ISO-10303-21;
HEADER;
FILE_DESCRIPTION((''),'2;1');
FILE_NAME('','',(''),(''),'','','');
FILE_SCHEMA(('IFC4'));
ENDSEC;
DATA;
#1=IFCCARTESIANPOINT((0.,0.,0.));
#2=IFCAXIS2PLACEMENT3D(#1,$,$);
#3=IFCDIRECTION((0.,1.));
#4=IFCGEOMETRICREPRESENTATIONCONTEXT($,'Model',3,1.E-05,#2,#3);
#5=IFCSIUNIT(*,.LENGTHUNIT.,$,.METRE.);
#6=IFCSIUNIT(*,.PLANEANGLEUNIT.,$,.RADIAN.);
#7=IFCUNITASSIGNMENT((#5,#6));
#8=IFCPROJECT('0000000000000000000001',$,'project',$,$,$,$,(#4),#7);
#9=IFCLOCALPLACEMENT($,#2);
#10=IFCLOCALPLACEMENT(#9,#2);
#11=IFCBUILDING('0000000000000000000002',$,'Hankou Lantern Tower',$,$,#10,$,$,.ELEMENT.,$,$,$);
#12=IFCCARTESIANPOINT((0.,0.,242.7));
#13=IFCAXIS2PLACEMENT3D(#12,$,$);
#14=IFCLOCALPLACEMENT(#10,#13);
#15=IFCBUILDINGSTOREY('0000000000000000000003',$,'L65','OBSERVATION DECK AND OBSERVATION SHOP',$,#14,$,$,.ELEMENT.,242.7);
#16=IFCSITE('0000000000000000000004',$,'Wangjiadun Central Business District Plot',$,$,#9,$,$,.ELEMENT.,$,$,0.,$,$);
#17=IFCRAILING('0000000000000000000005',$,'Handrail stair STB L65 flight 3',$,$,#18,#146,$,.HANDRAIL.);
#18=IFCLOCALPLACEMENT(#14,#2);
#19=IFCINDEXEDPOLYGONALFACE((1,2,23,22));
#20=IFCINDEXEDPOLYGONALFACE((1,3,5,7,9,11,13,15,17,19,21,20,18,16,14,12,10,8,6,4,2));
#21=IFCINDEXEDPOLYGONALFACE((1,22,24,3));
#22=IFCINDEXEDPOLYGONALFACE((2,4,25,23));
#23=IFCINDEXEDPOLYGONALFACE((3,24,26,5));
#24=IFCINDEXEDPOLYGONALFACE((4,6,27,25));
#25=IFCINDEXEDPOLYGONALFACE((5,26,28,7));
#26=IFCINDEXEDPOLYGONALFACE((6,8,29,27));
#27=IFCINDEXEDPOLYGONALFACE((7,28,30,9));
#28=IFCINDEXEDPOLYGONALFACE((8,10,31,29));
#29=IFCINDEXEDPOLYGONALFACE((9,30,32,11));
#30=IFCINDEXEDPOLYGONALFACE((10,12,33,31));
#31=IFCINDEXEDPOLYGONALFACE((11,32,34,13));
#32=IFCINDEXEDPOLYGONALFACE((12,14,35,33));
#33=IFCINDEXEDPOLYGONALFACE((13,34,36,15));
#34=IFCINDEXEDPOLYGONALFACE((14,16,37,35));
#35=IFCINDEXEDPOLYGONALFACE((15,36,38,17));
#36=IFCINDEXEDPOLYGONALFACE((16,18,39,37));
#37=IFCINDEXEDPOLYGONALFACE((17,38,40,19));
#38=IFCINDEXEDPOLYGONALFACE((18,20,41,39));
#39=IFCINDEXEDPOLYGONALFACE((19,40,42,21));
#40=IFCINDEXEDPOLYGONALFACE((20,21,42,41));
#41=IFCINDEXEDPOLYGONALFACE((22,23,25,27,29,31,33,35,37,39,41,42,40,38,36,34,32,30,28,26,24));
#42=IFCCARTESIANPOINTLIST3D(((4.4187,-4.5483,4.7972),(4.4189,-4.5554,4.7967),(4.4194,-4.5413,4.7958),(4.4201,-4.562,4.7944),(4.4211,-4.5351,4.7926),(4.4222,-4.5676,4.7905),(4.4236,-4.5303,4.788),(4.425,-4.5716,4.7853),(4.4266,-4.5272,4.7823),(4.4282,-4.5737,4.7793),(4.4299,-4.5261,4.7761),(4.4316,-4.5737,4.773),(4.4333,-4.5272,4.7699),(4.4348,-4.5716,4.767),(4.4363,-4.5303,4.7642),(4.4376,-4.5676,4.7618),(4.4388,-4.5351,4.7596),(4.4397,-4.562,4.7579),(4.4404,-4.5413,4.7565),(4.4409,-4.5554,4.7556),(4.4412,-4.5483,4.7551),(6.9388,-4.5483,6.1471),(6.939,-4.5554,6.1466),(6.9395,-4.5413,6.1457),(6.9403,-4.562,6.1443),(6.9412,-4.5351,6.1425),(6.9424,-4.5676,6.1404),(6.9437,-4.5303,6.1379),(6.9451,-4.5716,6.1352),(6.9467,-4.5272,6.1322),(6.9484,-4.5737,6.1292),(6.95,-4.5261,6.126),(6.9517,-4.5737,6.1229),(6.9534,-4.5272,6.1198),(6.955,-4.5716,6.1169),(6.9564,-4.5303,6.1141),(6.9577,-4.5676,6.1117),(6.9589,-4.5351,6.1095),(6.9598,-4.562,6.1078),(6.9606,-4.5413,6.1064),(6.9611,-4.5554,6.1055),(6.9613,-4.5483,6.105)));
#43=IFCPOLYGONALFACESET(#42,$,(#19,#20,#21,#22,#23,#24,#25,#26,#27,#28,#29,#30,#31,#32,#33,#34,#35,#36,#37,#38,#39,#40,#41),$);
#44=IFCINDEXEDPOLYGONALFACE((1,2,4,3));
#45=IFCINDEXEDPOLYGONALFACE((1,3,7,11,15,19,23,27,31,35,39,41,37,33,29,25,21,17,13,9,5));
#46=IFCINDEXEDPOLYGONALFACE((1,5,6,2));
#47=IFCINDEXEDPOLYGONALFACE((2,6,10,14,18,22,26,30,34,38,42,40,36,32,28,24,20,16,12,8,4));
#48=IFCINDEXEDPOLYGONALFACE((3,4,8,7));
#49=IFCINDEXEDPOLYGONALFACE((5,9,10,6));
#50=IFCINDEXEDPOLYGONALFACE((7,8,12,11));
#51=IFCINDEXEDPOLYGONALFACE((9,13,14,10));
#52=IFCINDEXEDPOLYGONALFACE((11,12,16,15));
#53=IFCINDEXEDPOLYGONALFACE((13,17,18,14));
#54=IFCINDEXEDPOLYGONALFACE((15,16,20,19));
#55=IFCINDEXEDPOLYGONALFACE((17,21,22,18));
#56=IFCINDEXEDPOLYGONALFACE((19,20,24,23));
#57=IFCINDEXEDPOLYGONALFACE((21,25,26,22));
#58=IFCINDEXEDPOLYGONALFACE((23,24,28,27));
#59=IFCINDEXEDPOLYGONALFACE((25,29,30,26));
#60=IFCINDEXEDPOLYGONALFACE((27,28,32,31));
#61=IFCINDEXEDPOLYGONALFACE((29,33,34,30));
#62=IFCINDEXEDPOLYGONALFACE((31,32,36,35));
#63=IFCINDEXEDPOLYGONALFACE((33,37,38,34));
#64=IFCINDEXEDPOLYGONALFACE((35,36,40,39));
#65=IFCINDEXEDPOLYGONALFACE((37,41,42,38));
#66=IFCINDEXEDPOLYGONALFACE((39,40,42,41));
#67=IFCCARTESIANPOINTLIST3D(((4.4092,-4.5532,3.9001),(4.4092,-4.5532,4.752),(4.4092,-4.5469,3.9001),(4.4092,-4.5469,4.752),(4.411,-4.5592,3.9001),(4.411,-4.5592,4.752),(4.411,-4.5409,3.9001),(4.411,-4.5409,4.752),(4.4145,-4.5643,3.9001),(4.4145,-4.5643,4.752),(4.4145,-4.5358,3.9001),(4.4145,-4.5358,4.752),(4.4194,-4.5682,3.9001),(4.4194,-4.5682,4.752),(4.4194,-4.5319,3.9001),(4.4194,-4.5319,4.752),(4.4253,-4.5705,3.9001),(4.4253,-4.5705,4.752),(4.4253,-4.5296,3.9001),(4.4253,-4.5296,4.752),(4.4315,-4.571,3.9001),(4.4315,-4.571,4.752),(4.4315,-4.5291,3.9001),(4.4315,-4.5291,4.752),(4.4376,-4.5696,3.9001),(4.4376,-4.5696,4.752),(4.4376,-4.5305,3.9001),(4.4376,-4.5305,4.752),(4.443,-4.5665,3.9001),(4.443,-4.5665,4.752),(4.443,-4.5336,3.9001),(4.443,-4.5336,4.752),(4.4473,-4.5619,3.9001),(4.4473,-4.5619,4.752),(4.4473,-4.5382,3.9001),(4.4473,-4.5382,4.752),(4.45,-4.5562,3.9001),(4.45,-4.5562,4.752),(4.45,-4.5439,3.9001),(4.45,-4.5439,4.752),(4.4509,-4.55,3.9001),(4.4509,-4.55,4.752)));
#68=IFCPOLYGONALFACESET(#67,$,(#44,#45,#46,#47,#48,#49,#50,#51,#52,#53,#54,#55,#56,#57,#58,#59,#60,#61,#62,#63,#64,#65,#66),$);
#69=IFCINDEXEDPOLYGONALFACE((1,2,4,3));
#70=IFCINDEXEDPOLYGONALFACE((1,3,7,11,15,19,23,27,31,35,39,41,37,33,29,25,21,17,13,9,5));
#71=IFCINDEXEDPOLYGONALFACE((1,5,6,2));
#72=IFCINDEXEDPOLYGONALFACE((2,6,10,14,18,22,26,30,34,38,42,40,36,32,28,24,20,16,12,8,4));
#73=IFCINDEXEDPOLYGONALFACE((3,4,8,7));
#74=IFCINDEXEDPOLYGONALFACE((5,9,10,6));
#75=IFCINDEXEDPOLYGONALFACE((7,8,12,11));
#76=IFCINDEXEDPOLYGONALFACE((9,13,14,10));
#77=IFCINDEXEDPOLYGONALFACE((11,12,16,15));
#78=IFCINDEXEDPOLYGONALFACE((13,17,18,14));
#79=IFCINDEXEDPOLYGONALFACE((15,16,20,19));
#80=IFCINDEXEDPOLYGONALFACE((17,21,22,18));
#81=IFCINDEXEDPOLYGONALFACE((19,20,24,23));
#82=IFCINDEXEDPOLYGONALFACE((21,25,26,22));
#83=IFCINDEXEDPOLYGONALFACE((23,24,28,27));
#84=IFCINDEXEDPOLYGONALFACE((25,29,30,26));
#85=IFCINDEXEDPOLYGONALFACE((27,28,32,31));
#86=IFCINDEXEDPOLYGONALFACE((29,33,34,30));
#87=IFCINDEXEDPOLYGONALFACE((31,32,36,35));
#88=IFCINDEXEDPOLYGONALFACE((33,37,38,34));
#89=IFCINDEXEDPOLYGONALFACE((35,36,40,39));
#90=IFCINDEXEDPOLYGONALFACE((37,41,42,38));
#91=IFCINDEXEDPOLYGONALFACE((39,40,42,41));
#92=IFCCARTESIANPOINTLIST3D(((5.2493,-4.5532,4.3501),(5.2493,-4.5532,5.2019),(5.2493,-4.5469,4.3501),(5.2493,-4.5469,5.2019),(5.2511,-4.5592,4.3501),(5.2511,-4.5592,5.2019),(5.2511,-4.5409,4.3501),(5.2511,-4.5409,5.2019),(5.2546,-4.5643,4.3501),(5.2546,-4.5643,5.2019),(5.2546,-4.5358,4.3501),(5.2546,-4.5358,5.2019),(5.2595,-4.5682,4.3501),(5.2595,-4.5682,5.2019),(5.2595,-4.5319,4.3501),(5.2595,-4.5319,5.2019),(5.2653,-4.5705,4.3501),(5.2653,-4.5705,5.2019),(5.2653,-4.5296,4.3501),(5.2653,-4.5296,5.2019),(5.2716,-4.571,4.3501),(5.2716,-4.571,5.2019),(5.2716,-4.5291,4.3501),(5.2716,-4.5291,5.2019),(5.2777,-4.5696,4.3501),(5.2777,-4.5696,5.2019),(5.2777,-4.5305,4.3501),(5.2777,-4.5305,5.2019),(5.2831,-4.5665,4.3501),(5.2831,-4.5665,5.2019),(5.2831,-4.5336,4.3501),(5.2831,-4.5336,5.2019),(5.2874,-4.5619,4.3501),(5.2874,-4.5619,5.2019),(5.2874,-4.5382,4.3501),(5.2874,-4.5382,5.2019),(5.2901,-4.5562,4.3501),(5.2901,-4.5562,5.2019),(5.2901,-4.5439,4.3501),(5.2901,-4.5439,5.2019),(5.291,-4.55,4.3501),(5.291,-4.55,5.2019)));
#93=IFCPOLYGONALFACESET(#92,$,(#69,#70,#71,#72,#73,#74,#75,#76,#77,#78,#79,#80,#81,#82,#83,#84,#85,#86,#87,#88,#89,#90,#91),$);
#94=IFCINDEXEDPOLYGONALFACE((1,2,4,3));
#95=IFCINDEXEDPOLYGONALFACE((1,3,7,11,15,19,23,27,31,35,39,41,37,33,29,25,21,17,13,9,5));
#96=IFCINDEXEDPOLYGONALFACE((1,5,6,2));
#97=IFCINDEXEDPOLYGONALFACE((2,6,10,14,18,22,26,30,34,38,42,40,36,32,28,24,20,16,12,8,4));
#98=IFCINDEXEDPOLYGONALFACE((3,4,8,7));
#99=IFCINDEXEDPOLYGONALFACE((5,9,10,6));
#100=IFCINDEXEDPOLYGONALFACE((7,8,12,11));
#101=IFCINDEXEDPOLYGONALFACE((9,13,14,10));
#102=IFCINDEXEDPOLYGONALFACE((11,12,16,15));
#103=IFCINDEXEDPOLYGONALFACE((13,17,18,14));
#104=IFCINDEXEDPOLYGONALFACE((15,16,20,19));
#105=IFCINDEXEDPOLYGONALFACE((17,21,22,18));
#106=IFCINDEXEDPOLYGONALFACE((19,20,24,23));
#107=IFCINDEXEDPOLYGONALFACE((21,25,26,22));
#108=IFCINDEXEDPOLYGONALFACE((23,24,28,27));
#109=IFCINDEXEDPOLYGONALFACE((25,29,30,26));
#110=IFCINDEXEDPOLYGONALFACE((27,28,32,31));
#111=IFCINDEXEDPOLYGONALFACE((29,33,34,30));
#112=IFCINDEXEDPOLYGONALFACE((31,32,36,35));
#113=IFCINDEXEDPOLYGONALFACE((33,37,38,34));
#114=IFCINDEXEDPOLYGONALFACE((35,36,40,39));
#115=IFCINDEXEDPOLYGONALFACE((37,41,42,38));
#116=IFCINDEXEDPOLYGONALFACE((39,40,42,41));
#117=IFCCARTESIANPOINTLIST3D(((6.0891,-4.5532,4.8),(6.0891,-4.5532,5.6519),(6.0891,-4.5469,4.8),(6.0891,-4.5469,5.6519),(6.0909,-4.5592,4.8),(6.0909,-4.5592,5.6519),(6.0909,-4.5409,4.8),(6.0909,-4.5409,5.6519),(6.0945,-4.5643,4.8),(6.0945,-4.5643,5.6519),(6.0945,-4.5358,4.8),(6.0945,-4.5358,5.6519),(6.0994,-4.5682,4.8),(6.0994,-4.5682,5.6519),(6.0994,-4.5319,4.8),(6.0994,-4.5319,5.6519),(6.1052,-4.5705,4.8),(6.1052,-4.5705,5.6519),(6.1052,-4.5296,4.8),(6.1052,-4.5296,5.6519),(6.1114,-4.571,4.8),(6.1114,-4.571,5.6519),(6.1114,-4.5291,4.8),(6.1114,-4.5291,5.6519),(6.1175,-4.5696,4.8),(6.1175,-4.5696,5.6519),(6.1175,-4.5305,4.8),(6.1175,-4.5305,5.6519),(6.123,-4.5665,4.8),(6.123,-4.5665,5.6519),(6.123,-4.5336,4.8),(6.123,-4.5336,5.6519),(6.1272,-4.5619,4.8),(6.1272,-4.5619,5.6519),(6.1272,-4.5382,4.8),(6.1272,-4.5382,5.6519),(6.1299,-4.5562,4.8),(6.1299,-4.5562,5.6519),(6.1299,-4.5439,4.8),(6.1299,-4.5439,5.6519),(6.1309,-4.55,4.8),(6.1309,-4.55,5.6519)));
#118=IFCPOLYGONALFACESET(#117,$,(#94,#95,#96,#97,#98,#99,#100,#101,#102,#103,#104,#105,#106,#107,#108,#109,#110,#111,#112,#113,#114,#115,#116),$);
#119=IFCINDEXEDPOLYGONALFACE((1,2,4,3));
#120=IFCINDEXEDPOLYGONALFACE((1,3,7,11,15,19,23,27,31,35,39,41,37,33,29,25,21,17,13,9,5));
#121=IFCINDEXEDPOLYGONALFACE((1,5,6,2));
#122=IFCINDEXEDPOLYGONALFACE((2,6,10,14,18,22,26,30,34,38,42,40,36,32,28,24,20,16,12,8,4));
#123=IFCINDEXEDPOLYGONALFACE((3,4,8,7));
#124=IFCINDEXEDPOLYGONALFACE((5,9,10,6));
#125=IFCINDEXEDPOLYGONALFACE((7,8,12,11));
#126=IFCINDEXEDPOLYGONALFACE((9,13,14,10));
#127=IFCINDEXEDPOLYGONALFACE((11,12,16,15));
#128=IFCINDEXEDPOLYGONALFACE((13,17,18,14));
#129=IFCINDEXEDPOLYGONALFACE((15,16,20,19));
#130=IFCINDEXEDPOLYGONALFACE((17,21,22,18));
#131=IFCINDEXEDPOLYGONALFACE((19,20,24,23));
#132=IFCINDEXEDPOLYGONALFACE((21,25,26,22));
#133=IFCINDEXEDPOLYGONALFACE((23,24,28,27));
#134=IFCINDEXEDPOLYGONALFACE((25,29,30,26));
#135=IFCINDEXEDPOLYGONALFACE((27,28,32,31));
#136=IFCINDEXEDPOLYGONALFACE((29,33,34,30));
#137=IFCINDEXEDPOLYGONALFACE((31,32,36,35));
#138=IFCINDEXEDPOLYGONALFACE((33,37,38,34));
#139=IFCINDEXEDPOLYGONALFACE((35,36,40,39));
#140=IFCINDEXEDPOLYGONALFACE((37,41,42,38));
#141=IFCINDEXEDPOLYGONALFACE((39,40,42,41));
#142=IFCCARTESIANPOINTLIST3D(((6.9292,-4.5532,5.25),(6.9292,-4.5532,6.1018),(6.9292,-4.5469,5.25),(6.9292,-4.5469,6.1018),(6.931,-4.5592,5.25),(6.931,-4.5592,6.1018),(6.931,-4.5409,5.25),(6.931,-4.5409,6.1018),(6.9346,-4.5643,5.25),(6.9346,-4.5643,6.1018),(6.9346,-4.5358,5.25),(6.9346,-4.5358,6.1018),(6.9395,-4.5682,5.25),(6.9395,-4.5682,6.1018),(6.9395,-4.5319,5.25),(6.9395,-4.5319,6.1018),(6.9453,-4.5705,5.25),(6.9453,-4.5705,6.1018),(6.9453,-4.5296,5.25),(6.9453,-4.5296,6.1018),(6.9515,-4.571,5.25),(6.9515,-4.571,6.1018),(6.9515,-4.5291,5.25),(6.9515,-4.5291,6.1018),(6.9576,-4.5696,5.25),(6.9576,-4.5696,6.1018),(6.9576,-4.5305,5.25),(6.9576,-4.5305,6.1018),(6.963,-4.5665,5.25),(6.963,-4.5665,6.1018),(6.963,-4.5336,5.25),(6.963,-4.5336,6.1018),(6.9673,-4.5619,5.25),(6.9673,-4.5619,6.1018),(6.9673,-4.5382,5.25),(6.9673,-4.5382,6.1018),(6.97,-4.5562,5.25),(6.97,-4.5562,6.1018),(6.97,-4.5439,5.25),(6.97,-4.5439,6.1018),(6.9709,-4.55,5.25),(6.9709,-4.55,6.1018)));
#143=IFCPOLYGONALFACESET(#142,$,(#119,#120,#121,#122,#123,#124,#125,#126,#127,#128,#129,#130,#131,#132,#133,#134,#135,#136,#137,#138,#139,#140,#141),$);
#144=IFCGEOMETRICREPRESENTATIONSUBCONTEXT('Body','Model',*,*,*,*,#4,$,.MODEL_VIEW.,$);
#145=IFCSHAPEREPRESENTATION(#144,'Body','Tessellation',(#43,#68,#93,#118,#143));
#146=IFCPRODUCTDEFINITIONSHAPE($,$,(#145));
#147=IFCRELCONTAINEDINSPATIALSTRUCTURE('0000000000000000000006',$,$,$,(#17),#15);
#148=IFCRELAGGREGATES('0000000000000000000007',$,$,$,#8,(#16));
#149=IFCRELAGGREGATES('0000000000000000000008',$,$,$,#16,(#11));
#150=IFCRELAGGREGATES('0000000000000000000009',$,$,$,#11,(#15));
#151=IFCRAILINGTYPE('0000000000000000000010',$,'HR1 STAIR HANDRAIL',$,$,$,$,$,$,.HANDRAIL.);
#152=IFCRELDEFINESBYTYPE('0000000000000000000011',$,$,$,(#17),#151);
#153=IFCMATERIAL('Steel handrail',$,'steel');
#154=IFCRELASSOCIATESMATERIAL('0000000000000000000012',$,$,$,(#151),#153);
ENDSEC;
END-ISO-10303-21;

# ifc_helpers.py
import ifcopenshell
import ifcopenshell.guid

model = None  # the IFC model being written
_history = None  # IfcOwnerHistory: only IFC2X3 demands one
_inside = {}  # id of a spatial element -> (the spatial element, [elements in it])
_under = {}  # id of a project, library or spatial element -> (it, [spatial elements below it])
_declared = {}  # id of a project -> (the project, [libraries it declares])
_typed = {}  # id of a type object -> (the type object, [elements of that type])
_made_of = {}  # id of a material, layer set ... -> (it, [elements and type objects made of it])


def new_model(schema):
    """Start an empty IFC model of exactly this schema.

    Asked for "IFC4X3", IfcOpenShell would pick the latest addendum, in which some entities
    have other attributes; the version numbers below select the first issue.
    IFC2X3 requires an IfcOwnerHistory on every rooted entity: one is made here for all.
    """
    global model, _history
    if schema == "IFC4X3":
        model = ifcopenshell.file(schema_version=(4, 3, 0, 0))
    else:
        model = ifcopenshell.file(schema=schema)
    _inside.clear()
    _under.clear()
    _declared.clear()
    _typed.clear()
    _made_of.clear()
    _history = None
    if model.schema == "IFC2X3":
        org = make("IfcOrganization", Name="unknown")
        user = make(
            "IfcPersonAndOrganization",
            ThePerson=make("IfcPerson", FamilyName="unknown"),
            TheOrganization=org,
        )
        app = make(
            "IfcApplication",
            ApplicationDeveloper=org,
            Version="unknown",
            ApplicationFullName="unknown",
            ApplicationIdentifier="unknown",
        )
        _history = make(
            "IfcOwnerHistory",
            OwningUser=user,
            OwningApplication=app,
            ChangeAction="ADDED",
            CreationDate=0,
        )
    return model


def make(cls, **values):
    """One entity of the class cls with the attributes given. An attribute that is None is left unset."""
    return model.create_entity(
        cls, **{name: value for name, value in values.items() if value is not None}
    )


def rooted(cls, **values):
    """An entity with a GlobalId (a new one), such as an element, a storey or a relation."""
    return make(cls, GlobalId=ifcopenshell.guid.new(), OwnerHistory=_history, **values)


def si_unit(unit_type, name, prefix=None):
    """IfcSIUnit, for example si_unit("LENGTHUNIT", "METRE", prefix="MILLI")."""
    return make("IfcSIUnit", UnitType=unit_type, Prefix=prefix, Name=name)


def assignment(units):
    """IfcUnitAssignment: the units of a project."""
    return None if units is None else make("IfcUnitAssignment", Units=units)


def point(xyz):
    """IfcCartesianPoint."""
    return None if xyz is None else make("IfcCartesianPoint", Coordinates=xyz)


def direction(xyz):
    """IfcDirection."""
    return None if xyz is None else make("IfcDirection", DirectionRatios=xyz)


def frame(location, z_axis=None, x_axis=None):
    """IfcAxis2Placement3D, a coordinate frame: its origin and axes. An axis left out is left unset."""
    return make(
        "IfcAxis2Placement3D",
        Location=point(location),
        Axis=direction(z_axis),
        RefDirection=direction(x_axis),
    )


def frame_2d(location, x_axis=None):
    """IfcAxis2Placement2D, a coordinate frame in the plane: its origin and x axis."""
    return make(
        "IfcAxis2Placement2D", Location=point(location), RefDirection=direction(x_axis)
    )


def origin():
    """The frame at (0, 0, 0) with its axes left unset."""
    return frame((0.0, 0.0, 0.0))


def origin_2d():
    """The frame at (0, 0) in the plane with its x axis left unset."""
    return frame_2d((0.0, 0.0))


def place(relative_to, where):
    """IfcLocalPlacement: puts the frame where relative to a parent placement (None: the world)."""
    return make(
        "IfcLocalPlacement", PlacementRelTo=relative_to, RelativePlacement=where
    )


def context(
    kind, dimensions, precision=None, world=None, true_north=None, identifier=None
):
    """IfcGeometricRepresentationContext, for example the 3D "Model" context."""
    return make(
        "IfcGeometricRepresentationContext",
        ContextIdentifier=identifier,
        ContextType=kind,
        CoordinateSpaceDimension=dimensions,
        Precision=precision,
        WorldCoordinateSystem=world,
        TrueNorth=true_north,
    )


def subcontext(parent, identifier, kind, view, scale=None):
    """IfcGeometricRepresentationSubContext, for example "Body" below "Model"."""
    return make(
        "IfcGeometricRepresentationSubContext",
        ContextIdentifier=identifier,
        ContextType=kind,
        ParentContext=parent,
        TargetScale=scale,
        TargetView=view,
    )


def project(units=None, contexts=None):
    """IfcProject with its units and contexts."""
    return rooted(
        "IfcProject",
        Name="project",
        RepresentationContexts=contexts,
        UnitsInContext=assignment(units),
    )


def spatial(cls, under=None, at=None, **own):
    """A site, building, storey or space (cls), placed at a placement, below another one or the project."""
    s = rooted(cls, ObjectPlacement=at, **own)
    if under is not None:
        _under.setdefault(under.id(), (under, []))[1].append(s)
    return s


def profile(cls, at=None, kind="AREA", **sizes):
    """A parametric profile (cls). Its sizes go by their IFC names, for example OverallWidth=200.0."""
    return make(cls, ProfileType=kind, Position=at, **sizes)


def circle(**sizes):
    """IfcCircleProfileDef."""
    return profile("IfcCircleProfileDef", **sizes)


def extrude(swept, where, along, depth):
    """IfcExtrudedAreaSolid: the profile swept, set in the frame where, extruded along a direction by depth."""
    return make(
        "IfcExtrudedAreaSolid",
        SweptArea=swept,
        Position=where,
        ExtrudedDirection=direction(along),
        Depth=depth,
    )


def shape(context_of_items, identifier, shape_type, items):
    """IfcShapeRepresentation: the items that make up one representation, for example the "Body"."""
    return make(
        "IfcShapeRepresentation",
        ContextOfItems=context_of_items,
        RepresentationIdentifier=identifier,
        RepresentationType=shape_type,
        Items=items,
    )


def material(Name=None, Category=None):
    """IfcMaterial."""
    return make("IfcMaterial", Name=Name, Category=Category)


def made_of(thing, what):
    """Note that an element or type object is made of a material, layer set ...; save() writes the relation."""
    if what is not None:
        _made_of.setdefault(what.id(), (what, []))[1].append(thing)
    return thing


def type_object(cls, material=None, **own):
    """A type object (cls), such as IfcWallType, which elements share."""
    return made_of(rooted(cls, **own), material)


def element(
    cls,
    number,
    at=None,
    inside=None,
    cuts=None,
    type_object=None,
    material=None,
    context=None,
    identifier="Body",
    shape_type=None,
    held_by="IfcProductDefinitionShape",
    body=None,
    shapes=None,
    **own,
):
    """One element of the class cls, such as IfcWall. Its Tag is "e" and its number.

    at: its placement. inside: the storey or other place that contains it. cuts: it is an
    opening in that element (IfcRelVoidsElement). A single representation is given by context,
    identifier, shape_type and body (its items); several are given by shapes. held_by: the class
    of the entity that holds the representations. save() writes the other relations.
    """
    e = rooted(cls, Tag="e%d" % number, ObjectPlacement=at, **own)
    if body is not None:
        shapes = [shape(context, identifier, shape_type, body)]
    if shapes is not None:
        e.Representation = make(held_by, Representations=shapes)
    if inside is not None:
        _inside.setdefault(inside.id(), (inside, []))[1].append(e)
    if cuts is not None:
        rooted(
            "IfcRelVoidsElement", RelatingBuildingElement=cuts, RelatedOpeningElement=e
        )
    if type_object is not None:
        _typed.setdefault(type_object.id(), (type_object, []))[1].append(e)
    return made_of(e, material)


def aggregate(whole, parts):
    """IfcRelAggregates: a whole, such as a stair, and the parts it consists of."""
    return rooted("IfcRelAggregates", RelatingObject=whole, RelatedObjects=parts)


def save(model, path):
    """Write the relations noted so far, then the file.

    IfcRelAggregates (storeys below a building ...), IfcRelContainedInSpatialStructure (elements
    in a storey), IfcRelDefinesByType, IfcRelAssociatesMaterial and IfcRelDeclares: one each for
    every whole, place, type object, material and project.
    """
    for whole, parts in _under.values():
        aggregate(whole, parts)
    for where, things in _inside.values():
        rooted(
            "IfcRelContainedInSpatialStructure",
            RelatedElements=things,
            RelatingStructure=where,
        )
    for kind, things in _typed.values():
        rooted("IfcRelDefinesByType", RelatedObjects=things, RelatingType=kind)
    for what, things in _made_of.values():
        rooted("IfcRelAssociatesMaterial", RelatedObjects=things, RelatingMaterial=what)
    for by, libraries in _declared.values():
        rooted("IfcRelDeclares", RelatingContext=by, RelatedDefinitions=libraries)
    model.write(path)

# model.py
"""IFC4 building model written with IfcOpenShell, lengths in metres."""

from ifc_helpers import new_model, si_unit, direction, frame, origin, origin_2d, place, context, subcontext, project, spatial, circle, extrude, material, type_object, element, save


model = new_model("IFC4")

# Units and contexts
model_context = context("Model", 3, precision=1e-05, world=origin(), true_north=direction((0.0, 1.0)))
body_context = subcontext(model_context, "Body", "Model", "MODEL_VIEW")
ifc_project = project(units=[si_unit("LENGTHUNIT", "METRE"), si_unit("PLANEANGLEUNIT", "RADIAN")], contexts=[model_context])

# Site, building, storey
site_placement = place(None, origin())
site = spatial("IfcSite", under=ifc_project, at=site_placement, Name="Wangjiadun Central Business District Plot", CompositionType="ELEMENT", RefElevation=0.0)
building_placement = place(site_placement, origin())
building = spatial("IfcBuilding", under=site, at=building_placement, Name="Hankou Lantern Tower", CompositionType="ELEMENT")
storey_placement = place(building_placement, frame((0.0, 0.0, 242.7)))
storey = spatial("IfcBuildingStorey", under=building, at=storey_placement, Name="L65", Description="OBSERVATION DECK AND OBSERVATION SHOP", CompositionType="ELEMENT", Elevation=242.7)

# Railing
ifc_material_1 = material(Name="Steel handrail", Category="steel")
railing_type = type_object("IfcRailingType", Name="HR1 STAIR HANDRAIL", PredefinedType="HANDRAIL", material=ifc_material_1)
railing_1_placement = place(storey_placement, frame((4.4299, -4.55, 3.9001)))
element("IfcRailing", 1, at=railing_1_placement, inside=storey, type_object=railing_type, Name="Handrail stair STB L65 flight 3", PredefinedType="HANDRAIL", context=body_context, shape_type="SweptSolid", body=[
    extrude(circle(Radius=0.0239, at=origin_2d()), frame((0.0, 0.0, 0.876), z_axis=(0.881503, 0.0, 0.472179), x_axis=(0.0, 1.0, 0.0)), (0.0, 0.0, 1.0), 2.8589),
    extrude(circle(Radius=0.021, at=origin_2d()), origin(), (0.0, 0.0, 1.0), 0.8518),
    extrude(circle(Radius=0.021, at=origin_2d()), frame((0.8401, 0.0, 0.45)), (0.0, 0.0, 1.0), 0.8518),
    extrude(circle(Radius=0.021, at=origin_2d()), frame((1.6799, 0.0, 0.8999)), (0.0, 0.0, 1.0), 0.8518),
    extrude(circle(Radius=0.021, at=origin_2d()), frame((2.52, 0.0, 1.3499)), (0.0, 0.0, 1.0), 0.8518),
])

save(model, "model.ifc")
